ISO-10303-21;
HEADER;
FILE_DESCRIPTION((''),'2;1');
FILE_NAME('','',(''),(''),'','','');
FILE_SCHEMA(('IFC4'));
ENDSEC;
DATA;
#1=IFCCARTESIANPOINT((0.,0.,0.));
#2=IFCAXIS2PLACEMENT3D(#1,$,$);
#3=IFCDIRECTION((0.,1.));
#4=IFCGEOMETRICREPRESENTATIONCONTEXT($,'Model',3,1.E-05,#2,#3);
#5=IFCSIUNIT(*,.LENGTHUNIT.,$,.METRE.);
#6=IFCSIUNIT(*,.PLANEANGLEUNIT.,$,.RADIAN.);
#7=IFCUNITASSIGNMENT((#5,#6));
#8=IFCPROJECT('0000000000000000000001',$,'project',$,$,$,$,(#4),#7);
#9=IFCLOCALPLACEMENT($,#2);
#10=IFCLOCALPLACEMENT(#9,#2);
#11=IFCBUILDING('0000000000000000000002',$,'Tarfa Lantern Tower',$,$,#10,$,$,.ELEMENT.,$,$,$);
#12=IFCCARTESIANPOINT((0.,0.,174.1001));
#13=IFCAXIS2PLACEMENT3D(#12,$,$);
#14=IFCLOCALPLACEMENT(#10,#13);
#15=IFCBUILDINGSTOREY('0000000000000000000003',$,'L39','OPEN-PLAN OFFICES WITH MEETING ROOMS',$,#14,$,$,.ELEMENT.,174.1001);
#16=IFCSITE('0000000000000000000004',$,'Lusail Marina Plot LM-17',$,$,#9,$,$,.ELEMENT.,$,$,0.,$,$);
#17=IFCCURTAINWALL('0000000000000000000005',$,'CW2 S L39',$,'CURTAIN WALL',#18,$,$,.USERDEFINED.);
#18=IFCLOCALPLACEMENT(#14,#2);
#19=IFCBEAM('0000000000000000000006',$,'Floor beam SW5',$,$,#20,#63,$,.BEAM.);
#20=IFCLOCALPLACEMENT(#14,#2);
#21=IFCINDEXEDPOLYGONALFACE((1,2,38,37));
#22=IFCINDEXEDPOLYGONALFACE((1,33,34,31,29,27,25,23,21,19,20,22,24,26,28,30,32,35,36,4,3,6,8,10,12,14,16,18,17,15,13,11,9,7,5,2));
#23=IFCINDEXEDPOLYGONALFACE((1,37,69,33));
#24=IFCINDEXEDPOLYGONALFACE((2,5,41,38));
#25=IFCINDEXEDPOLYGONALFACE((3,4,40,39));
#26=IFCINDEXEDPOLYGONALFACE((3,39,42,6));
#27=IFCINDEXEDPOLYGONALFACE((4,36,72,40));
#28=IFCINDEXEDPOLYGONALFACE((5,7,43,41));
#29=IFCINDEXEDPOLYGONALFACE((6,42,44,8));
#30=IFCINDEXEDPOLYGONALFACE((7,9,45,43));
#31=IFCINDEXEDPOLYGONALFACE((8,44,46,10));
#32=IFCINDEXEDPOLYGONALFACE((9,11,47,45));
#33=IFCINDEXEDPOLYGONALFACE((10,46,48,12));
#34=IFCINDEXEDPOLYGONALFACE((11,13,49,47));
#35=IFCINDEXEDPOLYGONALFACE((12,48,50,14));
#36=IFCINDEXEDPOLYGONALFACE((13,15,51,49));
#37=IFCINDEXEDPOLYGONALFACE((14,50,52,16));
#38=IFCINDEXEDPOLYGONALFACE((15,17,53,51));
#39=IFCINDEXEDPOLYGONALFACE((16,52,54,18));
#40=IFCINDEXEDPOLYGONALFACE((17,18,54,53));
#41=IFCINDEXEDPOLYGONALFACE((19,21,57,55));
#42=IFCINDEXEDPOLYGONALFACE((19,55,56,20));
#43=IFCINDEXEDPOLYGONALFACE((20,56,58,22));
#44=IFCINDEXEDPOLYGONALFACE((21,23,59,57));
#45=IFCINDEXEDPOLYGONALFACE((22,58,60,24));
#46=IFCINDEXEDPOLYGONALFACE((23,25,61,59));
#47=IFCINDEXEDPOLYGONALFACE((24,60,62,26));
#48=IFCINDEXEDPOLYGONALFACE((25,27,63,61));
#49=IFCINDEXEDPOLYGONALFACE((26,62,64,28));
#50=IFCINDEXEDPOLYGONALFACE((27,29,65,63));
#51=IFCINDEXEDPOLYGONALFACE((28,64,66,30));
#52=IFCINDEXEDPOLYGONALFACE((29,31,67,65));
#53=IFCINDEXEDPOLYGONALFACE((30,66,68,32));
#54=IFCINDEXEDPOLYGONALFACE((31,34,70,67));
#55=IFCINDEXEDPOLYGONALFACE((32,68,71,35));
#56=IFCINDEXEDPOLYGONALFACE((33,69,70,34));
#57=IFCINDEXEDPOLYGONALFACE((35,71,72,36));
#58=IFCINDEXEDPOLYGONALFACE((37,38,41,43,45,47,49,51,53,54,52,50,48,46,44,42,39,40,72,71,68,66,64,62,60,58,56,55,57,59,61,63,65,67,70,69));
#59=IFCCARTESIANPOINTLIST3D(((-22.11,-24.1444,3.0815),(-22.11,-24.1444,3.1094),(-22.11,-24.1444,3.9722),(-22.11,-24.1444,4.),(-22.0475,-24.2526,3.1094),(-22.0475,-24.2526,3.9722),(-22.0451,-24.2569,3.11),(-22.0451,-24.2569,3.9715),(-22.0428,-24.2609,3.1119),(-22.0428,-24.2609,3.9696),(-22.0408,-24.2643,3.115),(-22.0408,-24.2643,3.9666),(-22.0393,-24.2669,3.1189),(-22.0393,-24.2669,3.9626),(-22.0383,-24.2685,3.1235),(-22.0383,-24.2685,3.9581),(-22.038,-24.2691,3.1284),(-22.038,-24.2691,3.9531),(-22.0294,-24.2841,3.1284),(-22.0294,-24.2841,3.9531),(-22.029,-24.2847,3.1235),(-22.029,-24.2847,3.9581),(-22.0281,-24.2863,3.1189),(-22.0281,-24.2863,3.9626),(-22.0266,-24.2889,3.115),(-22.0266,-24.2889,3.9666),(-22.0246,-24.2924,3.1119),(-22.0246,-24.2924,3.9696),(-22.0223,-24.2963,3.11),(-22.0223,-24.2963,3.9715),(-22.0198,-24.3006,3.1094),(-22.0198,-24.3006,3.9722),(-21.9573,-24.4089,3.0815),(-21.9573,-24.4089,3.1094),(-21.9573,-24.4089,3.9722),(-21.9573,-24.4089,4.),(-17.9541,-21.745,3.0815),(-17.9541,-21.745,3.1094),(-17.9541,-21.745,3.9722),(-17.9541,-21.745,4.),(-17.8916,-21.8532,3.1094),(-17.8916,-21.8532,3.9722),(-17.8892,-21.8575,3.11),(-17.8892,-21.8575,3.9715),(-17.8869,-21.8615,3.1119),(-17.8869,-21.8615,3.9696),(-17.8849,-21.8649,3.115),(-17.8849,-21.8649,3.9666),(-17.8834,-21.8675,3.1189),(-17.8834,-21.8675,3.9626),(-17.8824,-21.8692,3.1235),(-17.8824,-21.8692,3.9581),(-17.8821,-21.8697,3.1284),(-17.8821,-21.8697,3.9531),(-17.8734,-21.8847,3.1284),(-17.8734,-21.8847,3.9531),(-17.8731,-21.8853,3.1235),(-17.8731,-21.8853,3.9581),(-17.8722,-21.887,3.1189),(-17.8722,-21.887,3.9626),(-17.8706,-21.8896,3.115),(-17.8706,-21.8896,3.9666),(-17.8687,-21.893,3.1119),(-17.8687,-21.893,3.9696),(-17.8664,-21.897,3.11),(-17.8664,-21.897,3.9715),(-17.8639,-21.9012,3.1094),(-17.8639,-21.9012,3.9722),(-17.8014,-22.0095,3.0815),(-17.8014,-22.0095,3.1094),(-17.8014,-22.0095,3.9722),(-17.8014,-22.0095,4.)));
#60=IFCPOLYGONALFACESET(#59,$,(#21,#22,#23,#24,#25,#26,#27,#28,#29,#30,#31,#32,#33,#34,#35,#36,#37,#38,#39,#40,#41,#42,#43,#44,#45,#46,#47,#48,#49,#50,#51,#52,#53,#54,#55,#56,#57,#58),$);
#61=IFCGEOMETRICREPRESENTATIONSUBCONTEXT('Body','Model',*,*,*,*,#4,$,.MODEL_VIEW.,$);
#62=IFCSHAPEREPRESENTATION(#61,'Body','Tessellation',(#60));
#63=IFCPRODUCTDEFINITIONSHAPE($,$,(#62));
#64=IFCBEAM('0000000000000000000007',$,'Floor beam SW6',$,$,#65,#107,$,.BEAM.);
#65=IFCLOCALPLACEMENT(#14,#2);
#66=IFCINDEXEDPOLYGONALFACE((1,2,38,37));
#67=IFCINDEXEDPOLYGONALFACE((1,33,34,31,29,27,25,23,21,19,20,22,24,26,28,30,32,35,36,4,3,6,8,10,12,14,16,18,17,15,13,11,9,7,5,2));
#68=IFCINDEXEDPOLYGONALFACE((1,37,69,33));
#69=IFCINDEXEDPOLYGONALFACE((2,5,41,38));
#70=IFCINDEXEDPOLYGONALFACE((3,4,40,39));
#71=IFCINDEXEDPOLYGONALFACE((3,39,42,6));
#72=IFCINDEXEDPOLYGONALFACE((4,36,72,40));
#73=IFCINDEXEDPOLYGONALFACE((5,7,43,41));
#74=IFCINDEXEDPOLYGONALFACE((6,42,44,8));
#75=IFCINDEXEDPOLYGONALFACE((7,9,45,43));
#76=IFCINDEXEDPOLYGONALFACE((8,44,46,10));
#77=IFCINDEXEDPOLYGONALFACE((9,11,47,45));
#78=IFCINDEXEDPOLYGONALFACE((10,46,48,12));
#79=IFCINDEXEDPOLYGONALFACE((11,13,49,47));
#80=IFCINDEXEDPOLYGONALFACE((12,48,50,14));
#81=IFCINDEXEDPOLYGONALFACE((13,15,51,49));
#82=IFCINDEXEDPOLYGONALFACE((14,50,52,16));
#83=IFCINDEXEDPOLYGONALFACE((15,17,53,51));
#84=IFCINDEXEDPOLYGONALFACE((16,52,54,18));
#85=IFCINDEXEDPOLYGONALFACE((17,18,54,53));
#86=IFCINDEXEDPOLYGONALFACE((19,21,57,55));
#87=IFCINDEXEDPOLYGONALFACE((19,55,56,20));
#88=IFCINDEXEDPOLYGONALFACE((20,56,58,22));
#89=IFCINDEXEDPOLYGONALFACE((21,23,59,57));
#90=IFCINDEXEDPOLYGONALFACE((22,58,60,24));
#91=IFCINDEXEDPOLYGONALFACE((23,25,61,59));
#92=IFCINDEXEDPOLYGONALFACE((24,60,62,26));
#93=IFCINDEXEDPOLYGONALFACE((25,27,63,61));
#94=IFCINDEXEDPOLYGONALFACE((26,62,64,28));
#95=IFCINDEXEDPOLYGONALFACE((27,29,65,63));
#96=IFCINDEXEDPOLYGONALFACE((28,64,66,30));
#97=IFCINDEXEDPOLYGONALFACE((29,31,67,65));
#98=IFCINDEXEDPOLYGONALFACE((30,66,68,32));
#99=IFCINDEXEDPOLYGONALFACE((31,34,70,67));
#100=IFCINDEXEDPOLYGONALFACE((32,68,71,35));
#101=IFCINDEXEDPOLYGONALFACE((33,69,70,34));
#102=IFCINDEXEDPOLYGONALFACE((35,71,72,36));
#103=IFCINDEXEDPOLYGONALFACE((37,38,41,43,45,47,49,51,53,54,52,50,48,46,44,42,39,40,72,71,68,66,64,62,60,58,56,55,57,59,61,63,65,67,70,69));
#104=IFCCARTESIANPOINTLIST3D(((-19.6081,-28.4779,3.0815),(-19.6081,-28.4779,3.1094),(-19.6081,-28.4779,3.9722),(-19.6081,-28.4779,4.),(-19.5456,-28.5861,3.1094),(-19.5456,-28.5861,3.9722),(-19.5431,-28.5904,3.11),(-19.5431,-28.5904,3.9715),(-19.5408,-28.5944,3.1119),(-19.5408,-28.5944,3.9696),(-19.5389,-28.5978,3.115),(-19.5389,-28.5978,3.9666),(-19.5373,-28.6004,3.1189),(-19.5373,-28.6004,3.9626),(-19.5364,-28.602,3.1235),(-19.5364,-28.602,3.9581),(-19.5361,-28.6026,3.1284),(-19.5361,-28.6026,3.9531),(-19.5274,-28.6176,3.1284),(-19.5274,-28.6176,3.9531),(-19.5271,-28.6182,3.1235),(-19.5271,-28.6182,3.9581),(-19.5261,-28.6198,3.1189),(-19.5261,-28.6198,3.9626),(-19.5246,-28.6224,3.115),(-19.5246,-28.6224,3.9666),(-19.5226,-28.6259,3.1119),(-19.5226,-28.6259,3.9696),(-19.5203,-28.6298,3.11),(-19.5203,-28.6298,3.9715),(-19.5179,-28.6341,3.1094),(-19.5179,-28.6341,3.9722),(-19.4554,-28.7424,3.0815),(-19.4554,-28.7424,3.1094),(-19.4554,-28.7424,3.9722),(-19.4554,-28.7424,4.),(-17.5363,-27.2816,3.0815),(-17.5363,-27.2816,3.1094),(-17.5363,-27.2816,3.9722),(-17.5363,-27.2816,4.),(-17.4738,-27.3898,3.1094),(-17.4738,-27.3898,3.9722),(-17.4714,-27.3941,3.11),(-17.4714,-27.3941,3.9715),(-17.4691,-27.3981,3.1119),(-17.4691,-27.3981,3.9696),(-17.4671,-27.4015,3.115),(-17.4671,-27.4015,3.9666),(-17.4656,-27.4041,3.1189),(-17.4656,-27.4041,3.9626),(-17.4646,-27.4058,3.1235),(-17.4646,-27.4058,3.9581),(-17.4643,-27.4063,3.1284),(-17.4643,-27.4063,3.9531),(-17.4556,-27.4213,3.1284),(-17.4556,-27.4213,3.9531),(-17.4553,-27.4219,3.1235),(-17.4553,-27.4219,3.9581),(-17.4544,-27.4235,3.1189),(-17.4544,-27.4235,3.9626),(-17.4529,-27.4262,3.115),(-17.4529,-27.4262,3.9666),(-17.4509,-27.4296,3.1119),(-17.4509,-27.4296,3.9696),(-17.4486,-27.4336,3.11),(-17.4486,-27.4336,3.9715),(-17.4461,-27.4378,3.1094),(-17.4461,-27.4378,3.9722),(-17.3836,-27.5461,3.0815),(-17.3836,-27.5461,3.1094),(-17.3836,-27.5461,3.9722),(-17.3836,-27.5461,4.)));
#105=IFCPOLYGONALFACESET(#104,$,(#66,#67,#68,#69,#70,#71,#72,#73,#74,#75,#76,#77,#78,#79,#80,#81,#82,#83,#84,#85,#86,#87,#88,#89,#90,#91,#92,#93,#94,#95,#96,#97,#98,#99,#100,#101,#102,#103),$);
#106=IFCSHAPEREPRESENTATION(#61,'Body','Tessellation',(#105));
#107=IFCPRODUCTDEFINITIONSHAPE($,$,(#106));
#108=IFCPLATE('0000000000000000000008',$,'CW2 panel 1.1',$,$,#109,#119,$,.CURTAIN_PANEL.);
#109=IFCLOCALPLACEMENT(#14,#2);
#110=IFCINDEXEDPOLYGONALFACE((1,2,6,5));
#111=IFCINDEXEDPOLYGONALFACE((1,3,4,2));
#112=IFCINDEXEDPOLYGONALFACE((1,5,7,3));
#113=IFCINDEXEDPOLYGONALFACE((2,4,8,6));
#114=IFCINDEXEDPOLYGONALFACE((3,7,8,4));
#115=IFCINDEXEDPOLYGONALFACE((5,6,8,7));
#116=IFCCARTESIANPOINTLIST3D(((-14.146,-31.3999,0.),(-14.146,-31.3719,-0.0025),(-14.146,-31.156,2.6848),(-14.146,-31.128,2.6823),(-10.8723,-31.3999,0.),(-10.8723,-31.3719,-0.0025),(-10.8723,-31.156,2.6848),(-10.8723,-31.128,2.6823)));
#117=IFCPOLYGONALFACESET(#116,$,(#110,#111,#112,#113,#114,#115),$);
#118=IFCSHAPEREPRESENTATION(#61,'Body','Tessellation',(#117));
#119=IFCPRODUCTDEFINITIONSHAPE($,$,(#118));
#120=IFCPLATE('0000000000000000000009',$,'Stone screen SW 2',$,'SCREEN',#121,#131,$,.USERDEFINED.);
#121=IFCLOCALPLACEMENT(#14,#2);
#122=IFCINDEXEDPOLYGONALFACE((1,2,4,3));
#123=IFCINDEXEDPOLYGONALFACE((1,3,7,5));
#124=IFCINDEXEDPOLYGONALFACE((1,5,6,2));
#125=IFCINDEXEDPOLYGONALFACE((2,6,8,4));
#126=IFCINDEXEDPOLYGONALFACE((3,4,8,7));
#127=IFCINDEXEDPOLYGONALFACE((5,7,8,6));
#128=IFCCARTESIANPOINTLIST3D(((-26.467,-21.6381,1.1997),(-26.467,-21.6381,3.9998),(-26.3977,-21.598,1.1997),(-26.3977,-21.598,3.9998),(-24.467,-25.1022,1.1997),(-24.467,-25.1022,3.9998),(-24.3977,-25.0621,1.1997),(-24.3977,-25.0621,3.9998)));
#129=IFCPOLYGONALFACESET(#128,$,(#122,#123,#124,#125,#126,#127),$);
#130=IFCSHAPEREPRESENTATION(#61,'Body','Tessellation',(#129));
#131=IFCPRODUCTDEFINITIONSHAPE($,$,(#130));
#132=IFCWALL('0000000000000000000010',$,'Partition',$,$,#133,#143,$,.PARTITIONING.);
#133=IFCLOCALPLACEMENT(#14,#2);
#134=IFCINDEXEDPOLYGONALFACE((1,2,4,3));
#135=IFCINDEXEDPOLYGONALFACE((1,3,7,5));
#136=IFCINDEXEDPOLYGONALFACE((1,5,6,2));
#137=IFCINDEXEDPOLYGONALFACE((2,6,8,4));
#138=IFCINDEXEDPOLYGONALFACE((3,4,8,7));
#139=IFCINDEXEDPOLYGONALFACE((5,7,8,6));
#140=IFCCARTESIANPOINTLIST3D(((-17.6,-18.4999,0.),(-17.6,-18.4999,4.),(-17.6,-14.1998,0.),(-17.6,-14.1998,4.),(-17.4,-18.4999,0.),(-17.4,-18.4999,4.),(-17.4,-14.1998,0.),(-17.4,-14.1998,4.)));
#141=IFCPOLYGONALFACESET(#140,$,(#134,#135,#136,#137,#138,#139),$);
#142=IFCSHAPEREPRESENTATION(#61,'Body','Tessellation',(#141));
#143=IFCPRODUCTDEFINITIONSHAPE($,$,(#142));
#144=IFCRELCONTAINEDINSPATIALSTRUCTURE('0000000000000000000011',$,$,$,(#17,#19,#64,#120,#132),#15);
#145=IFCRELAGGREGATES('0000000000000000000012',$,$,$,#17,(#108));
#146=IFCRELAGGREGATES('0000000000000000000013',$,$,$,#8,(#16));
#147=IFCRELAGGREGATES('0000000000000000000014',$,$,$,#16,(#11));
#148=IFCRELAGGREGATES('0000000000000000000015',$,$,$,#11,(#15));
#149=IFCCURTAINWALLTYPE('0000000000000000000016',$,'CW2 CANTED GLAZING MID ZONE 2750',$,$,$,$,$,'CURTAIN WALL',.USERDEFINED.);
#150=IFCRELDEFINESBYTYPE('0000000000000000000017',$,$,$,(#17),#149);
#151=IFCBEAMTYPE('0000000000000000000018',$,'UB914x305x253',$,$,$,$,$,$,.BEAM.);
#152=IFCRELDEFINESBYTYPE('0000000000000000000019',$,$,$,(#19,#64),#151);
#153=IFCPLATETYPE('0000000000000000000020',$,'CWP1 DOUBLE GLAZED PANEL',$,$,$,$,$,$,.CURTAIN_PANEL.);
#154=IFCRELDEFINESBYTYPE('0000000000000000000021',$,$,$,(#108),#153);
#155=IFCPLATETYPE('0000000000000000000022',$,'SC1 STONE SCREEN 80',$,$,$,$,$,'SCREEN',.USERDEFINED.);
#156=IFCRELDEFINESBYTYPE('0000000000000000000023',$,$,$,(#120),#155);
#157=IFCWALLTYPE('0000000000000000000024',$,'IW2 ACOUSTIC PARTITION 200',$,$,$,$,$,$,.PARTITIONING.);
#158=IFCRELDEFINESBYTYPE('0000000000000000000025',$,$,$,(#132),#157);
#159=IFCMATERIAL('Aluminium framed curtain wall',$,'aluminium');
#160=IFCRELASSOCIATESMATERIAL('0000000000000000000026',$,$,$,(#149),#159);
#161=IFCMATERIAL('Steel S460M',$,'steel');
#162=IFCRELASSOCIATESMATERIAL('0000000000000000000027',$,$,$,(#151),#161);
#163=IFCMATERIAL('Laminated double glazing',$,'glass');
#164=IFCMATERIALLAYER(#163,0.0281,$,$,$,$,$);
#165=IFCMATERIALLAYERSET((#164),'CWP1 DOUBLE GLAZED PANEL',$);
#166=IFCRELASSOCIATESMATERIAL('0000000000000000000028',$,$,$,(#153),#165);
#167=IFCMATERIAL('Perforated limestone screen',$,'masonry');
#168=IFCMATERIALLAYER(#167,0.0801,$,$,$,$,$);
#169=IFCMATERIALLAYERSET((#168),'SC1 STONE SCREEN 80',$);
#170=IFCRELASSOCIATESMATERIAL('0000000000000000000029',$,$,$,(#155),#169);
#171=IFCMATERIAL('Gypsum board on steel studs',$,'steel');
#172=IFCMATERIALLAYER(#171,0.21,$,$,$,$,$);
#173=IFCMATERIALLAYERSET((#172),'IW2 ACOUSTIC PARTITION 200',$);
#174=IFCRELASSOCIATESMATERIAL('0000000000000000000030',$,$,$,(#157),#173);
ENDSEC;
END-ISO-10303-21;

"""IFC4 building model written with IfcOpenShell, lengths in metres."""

from ifc_helpers import new_model, si_unit, direction, frame, frame_2d, origin, origin_2d, place, context, subcontext, project, spatial, polyline, rectangle, i_section, outline, extrude, material, layer, layer_set, material_profile, profile_set, type_object, element, aggregate, save


model = new_model("IFC4")

# Units and contexts
model_context = context("Model", 3, precision=1e-05, world=origin(), true_north=direction((0.0, 1.0)))
body_context = subcontext(model_context, "Body", "Model", "MODEL_VIEW")
ifc_project = project(units=[si_unit("LENGTHUNIT", "METRE"), si_unit("PLANEANGLEUNIT", "RADIAN")], contexts=[model_context])

# Site, building, storey
site_placement = place(None, origin())
site = spatial("IfcSite", under=ifc_project, at=site_placement, Name="Lusail Marina Plot LM-17", CompositionType="ELEMENT", RefElevation=0.0)
building_placement = place(site_placement, origin())
building = spatial("IfcBuilding", under=site, at=building_placement, Name="Tarfa Lantern Tower", CompositionType="ELEMENT")
storey_placement = place(building_placement, frame((0.0, 0.0, 174.1001)))
storey = spatial("IfcBuildingStorey", under=building, at=storey_placement, Name="L39", Description="OPEN-PLAN OFFICES WITH MEETING ROOMS", CompositionType="ELEMENT", Elevation=174.1001)

# Curtain wall
ifc_material_1 = material(Name="Aluminium framed curtain wall", Category="aluminium")
curtain_wall_type = type_object("IfcCurtainWallType", Name="CW2 CANTED GLAZING MID ZONE 2750", ElementType="CURTAIN WALL", PredefinedType="USERDEFINED", material=ifc_material_1)
curtain_wall_placement = place(storey_placement, origin())
curtain_wall = element("IfcCurtainWall", 1, at=curtain_wall_placement, inside=storey, type_object=curtain_wall_type, Name="CW2 S L39", ObjectType="CURTAIN WALL", PredefinedType="USERDEFINED")

# Beams
ifc_material_2 = material(Name="Steel S460M", Category="steel")
ifc_material_profile_1 = material_profile(ifc_material_2, i_section(OverallWidth=0.3054, OverallDepth=0.9185, WebThickness=0.0173, FlangeThickness=0.0278, FilletRadius=0.019, at=origin_2d()), Name="UB914x305x253")
ifc_profile_set_1 = profile_set([ifc_material_profile_1], Name="Steel S460M")
beam_type_1 = type_object("IfcBeamType", Name="UB914x305x253", PredefinedType="BEAM", material=ifc_profile_set_1)
beam_1_placement = place(storey_placement, frame((-22.0337, -24.2766, 3.5408), z_axis=(0.866031, 0.499991, 0.0), x_axis=(-0.499991, 0.866031, 0.0)))
element("IfcBeam", 2, at=beam_1_placement, inside=storey, type_object=beam_type_1, Name="Floor beam SW5", PredefinedType="BEAM", context=body_context, shape_type="SweptSolid", body=[
    extrude(i_section(OverallWidth=0.3054, OverallDepth=0.9185, WebThickness=0.0173, FlangeThickness=0.0278, FilletRadius=0.019, at=origin_2d()), origin(), (0.0, 0.0, 1.0), 4.7988),
])
beam_2_placement = place(storey_placement, frame((-19.5317, -28.6101, 3.5408), z_axis=(0.865999, 0.500046, 0.0), x_axis=(-0.500046, 0.865999, 0.0)))
element("IfcBeam", 3, at=beam_2_placement, inside=storey, type_object=beam_type_1, Name="Floor beam SW6", PredefinedType="BEAM", context=body_context, shape_type="SweptSolid", body=[
    extrude(i_section(OverallWidth=0.3054, OverallDepth=0.9185, WebThickness=0.0173, FlangeThickness=0.0278, FilletRadius=0.019, at=origin_2d()), origin(), (0.0, 0.0, 1.0), 2.3923),
])

# Plates
ifc_material_3 = material(Name="Laminated double glazing", Category="glass")
ifc_layer_1 = layer(ifc_material_3, 0.0281)
ifc_layer_set_1 = layer_set([ifc_layer_1], Name="CWP1 DOUBLE GLAZED PANEL")
plate_type_1 = type_object("IfcPlateType", Name="CWP1 DOUBLE GLAZED PANEL", PredefinedType="CURTAIN_PANEL", material=ifc_layer_set_1)
plate_1_placement = place(storey_placement, frame((-14.146, -31.3999, 0.0), z_axis=(0.0, -0.995899, 0.09047), x_axis=(1.0, 0.0, 0.0)))
plate_1 = element("IfcPlate", 4, at=plate_1_placement, type_object=plate_type_1, Name="CW2 panel 1.1", PredefinedType="CURTAIN_PANEL", context=body_context, shape_type="SweptSolid", body=[
    extrude(outline(polyline([(0.0, 0.0), (3.2737, 0.0), (3.2737, 2.6959), (0.0, 2.6959), (0.0, 0.0)])), origin(), (0.0, 0.0, -1.0), 0.0281),
])
aggregate(curtain_wall, [plate_1])
ifc_material_4 = material(Name="Perforated limestone screen", Category="masonry")
ifc_layer_2 = layer(ifc_material_4, 0.0801)
ifc_layer_set_2 = layer_set([ifc_layer_2], Name="SC1 STONE SCREEN 80")
plate_type_2 = type_object("IfcPlateType", Name="SC1 STONE SCREEN 80", ElementType="SCREEN", PredefinedType="USERDEFINED", material=ifc_layer_set_2)
plate_2_placement = place(storey_placement, frame((-25.4324, -23.3501, 1.1997), z_axis=(0.0, 0.0, 1.0), x_axis=(0.5, -0.866025, 0.0)))
element("IfcPlate", 5, at=plate_2_placement, inside=storey, type_object=plate_type_2, Name="Stone screen SW 2", ObjectType="SCREEN", PredefinedType="USERDEFINED", context=body_context, shape_type="SweptSolid", body=[
    extrude(rectangle(XDim=4.0, YDim=0.0801, at=origin_2d()), origin(), (0.0, 0.0, 1.0), 2.8),
])

# Wall
ifc_material_5 = material(Name="Gypsum board on steel studs", Category="steel")
ifc_layer_3 = layer(ifc_material_5, 0.21)
ifc_layer_set_3 = layer_set([ifc_layer_3], Name="IW2 ACOUSTIC PARTITION 200")
wall_type = type_object("IfcWallType", Name="IW2 ACOUSTIC PARTITION 200", PredefinedType="PARTITIONING", material=ifc_layer_set_3)
wall_placement = place(storey_placement, frame((-17.5, -14.2, 0.0), z_axis=(0.0, 0.0, 1.0), x_axis=(0.0, -1.0, 0.0)))
element("IfcWall", 6, at=wall_placement, inside=storey, type_object=wall_type, Name="Partition", PredefinedType="PARTITIONING", context=body_context, shape_type="SweptSolid", body=[
    extrude(rectangle(XDim=4.3, YDim=0.2, at=frame_2d((2.1499, 0.0))), origin(), (0.0, 0.0, 1.0), 4.0),
])

save(model, "model.ifc")
